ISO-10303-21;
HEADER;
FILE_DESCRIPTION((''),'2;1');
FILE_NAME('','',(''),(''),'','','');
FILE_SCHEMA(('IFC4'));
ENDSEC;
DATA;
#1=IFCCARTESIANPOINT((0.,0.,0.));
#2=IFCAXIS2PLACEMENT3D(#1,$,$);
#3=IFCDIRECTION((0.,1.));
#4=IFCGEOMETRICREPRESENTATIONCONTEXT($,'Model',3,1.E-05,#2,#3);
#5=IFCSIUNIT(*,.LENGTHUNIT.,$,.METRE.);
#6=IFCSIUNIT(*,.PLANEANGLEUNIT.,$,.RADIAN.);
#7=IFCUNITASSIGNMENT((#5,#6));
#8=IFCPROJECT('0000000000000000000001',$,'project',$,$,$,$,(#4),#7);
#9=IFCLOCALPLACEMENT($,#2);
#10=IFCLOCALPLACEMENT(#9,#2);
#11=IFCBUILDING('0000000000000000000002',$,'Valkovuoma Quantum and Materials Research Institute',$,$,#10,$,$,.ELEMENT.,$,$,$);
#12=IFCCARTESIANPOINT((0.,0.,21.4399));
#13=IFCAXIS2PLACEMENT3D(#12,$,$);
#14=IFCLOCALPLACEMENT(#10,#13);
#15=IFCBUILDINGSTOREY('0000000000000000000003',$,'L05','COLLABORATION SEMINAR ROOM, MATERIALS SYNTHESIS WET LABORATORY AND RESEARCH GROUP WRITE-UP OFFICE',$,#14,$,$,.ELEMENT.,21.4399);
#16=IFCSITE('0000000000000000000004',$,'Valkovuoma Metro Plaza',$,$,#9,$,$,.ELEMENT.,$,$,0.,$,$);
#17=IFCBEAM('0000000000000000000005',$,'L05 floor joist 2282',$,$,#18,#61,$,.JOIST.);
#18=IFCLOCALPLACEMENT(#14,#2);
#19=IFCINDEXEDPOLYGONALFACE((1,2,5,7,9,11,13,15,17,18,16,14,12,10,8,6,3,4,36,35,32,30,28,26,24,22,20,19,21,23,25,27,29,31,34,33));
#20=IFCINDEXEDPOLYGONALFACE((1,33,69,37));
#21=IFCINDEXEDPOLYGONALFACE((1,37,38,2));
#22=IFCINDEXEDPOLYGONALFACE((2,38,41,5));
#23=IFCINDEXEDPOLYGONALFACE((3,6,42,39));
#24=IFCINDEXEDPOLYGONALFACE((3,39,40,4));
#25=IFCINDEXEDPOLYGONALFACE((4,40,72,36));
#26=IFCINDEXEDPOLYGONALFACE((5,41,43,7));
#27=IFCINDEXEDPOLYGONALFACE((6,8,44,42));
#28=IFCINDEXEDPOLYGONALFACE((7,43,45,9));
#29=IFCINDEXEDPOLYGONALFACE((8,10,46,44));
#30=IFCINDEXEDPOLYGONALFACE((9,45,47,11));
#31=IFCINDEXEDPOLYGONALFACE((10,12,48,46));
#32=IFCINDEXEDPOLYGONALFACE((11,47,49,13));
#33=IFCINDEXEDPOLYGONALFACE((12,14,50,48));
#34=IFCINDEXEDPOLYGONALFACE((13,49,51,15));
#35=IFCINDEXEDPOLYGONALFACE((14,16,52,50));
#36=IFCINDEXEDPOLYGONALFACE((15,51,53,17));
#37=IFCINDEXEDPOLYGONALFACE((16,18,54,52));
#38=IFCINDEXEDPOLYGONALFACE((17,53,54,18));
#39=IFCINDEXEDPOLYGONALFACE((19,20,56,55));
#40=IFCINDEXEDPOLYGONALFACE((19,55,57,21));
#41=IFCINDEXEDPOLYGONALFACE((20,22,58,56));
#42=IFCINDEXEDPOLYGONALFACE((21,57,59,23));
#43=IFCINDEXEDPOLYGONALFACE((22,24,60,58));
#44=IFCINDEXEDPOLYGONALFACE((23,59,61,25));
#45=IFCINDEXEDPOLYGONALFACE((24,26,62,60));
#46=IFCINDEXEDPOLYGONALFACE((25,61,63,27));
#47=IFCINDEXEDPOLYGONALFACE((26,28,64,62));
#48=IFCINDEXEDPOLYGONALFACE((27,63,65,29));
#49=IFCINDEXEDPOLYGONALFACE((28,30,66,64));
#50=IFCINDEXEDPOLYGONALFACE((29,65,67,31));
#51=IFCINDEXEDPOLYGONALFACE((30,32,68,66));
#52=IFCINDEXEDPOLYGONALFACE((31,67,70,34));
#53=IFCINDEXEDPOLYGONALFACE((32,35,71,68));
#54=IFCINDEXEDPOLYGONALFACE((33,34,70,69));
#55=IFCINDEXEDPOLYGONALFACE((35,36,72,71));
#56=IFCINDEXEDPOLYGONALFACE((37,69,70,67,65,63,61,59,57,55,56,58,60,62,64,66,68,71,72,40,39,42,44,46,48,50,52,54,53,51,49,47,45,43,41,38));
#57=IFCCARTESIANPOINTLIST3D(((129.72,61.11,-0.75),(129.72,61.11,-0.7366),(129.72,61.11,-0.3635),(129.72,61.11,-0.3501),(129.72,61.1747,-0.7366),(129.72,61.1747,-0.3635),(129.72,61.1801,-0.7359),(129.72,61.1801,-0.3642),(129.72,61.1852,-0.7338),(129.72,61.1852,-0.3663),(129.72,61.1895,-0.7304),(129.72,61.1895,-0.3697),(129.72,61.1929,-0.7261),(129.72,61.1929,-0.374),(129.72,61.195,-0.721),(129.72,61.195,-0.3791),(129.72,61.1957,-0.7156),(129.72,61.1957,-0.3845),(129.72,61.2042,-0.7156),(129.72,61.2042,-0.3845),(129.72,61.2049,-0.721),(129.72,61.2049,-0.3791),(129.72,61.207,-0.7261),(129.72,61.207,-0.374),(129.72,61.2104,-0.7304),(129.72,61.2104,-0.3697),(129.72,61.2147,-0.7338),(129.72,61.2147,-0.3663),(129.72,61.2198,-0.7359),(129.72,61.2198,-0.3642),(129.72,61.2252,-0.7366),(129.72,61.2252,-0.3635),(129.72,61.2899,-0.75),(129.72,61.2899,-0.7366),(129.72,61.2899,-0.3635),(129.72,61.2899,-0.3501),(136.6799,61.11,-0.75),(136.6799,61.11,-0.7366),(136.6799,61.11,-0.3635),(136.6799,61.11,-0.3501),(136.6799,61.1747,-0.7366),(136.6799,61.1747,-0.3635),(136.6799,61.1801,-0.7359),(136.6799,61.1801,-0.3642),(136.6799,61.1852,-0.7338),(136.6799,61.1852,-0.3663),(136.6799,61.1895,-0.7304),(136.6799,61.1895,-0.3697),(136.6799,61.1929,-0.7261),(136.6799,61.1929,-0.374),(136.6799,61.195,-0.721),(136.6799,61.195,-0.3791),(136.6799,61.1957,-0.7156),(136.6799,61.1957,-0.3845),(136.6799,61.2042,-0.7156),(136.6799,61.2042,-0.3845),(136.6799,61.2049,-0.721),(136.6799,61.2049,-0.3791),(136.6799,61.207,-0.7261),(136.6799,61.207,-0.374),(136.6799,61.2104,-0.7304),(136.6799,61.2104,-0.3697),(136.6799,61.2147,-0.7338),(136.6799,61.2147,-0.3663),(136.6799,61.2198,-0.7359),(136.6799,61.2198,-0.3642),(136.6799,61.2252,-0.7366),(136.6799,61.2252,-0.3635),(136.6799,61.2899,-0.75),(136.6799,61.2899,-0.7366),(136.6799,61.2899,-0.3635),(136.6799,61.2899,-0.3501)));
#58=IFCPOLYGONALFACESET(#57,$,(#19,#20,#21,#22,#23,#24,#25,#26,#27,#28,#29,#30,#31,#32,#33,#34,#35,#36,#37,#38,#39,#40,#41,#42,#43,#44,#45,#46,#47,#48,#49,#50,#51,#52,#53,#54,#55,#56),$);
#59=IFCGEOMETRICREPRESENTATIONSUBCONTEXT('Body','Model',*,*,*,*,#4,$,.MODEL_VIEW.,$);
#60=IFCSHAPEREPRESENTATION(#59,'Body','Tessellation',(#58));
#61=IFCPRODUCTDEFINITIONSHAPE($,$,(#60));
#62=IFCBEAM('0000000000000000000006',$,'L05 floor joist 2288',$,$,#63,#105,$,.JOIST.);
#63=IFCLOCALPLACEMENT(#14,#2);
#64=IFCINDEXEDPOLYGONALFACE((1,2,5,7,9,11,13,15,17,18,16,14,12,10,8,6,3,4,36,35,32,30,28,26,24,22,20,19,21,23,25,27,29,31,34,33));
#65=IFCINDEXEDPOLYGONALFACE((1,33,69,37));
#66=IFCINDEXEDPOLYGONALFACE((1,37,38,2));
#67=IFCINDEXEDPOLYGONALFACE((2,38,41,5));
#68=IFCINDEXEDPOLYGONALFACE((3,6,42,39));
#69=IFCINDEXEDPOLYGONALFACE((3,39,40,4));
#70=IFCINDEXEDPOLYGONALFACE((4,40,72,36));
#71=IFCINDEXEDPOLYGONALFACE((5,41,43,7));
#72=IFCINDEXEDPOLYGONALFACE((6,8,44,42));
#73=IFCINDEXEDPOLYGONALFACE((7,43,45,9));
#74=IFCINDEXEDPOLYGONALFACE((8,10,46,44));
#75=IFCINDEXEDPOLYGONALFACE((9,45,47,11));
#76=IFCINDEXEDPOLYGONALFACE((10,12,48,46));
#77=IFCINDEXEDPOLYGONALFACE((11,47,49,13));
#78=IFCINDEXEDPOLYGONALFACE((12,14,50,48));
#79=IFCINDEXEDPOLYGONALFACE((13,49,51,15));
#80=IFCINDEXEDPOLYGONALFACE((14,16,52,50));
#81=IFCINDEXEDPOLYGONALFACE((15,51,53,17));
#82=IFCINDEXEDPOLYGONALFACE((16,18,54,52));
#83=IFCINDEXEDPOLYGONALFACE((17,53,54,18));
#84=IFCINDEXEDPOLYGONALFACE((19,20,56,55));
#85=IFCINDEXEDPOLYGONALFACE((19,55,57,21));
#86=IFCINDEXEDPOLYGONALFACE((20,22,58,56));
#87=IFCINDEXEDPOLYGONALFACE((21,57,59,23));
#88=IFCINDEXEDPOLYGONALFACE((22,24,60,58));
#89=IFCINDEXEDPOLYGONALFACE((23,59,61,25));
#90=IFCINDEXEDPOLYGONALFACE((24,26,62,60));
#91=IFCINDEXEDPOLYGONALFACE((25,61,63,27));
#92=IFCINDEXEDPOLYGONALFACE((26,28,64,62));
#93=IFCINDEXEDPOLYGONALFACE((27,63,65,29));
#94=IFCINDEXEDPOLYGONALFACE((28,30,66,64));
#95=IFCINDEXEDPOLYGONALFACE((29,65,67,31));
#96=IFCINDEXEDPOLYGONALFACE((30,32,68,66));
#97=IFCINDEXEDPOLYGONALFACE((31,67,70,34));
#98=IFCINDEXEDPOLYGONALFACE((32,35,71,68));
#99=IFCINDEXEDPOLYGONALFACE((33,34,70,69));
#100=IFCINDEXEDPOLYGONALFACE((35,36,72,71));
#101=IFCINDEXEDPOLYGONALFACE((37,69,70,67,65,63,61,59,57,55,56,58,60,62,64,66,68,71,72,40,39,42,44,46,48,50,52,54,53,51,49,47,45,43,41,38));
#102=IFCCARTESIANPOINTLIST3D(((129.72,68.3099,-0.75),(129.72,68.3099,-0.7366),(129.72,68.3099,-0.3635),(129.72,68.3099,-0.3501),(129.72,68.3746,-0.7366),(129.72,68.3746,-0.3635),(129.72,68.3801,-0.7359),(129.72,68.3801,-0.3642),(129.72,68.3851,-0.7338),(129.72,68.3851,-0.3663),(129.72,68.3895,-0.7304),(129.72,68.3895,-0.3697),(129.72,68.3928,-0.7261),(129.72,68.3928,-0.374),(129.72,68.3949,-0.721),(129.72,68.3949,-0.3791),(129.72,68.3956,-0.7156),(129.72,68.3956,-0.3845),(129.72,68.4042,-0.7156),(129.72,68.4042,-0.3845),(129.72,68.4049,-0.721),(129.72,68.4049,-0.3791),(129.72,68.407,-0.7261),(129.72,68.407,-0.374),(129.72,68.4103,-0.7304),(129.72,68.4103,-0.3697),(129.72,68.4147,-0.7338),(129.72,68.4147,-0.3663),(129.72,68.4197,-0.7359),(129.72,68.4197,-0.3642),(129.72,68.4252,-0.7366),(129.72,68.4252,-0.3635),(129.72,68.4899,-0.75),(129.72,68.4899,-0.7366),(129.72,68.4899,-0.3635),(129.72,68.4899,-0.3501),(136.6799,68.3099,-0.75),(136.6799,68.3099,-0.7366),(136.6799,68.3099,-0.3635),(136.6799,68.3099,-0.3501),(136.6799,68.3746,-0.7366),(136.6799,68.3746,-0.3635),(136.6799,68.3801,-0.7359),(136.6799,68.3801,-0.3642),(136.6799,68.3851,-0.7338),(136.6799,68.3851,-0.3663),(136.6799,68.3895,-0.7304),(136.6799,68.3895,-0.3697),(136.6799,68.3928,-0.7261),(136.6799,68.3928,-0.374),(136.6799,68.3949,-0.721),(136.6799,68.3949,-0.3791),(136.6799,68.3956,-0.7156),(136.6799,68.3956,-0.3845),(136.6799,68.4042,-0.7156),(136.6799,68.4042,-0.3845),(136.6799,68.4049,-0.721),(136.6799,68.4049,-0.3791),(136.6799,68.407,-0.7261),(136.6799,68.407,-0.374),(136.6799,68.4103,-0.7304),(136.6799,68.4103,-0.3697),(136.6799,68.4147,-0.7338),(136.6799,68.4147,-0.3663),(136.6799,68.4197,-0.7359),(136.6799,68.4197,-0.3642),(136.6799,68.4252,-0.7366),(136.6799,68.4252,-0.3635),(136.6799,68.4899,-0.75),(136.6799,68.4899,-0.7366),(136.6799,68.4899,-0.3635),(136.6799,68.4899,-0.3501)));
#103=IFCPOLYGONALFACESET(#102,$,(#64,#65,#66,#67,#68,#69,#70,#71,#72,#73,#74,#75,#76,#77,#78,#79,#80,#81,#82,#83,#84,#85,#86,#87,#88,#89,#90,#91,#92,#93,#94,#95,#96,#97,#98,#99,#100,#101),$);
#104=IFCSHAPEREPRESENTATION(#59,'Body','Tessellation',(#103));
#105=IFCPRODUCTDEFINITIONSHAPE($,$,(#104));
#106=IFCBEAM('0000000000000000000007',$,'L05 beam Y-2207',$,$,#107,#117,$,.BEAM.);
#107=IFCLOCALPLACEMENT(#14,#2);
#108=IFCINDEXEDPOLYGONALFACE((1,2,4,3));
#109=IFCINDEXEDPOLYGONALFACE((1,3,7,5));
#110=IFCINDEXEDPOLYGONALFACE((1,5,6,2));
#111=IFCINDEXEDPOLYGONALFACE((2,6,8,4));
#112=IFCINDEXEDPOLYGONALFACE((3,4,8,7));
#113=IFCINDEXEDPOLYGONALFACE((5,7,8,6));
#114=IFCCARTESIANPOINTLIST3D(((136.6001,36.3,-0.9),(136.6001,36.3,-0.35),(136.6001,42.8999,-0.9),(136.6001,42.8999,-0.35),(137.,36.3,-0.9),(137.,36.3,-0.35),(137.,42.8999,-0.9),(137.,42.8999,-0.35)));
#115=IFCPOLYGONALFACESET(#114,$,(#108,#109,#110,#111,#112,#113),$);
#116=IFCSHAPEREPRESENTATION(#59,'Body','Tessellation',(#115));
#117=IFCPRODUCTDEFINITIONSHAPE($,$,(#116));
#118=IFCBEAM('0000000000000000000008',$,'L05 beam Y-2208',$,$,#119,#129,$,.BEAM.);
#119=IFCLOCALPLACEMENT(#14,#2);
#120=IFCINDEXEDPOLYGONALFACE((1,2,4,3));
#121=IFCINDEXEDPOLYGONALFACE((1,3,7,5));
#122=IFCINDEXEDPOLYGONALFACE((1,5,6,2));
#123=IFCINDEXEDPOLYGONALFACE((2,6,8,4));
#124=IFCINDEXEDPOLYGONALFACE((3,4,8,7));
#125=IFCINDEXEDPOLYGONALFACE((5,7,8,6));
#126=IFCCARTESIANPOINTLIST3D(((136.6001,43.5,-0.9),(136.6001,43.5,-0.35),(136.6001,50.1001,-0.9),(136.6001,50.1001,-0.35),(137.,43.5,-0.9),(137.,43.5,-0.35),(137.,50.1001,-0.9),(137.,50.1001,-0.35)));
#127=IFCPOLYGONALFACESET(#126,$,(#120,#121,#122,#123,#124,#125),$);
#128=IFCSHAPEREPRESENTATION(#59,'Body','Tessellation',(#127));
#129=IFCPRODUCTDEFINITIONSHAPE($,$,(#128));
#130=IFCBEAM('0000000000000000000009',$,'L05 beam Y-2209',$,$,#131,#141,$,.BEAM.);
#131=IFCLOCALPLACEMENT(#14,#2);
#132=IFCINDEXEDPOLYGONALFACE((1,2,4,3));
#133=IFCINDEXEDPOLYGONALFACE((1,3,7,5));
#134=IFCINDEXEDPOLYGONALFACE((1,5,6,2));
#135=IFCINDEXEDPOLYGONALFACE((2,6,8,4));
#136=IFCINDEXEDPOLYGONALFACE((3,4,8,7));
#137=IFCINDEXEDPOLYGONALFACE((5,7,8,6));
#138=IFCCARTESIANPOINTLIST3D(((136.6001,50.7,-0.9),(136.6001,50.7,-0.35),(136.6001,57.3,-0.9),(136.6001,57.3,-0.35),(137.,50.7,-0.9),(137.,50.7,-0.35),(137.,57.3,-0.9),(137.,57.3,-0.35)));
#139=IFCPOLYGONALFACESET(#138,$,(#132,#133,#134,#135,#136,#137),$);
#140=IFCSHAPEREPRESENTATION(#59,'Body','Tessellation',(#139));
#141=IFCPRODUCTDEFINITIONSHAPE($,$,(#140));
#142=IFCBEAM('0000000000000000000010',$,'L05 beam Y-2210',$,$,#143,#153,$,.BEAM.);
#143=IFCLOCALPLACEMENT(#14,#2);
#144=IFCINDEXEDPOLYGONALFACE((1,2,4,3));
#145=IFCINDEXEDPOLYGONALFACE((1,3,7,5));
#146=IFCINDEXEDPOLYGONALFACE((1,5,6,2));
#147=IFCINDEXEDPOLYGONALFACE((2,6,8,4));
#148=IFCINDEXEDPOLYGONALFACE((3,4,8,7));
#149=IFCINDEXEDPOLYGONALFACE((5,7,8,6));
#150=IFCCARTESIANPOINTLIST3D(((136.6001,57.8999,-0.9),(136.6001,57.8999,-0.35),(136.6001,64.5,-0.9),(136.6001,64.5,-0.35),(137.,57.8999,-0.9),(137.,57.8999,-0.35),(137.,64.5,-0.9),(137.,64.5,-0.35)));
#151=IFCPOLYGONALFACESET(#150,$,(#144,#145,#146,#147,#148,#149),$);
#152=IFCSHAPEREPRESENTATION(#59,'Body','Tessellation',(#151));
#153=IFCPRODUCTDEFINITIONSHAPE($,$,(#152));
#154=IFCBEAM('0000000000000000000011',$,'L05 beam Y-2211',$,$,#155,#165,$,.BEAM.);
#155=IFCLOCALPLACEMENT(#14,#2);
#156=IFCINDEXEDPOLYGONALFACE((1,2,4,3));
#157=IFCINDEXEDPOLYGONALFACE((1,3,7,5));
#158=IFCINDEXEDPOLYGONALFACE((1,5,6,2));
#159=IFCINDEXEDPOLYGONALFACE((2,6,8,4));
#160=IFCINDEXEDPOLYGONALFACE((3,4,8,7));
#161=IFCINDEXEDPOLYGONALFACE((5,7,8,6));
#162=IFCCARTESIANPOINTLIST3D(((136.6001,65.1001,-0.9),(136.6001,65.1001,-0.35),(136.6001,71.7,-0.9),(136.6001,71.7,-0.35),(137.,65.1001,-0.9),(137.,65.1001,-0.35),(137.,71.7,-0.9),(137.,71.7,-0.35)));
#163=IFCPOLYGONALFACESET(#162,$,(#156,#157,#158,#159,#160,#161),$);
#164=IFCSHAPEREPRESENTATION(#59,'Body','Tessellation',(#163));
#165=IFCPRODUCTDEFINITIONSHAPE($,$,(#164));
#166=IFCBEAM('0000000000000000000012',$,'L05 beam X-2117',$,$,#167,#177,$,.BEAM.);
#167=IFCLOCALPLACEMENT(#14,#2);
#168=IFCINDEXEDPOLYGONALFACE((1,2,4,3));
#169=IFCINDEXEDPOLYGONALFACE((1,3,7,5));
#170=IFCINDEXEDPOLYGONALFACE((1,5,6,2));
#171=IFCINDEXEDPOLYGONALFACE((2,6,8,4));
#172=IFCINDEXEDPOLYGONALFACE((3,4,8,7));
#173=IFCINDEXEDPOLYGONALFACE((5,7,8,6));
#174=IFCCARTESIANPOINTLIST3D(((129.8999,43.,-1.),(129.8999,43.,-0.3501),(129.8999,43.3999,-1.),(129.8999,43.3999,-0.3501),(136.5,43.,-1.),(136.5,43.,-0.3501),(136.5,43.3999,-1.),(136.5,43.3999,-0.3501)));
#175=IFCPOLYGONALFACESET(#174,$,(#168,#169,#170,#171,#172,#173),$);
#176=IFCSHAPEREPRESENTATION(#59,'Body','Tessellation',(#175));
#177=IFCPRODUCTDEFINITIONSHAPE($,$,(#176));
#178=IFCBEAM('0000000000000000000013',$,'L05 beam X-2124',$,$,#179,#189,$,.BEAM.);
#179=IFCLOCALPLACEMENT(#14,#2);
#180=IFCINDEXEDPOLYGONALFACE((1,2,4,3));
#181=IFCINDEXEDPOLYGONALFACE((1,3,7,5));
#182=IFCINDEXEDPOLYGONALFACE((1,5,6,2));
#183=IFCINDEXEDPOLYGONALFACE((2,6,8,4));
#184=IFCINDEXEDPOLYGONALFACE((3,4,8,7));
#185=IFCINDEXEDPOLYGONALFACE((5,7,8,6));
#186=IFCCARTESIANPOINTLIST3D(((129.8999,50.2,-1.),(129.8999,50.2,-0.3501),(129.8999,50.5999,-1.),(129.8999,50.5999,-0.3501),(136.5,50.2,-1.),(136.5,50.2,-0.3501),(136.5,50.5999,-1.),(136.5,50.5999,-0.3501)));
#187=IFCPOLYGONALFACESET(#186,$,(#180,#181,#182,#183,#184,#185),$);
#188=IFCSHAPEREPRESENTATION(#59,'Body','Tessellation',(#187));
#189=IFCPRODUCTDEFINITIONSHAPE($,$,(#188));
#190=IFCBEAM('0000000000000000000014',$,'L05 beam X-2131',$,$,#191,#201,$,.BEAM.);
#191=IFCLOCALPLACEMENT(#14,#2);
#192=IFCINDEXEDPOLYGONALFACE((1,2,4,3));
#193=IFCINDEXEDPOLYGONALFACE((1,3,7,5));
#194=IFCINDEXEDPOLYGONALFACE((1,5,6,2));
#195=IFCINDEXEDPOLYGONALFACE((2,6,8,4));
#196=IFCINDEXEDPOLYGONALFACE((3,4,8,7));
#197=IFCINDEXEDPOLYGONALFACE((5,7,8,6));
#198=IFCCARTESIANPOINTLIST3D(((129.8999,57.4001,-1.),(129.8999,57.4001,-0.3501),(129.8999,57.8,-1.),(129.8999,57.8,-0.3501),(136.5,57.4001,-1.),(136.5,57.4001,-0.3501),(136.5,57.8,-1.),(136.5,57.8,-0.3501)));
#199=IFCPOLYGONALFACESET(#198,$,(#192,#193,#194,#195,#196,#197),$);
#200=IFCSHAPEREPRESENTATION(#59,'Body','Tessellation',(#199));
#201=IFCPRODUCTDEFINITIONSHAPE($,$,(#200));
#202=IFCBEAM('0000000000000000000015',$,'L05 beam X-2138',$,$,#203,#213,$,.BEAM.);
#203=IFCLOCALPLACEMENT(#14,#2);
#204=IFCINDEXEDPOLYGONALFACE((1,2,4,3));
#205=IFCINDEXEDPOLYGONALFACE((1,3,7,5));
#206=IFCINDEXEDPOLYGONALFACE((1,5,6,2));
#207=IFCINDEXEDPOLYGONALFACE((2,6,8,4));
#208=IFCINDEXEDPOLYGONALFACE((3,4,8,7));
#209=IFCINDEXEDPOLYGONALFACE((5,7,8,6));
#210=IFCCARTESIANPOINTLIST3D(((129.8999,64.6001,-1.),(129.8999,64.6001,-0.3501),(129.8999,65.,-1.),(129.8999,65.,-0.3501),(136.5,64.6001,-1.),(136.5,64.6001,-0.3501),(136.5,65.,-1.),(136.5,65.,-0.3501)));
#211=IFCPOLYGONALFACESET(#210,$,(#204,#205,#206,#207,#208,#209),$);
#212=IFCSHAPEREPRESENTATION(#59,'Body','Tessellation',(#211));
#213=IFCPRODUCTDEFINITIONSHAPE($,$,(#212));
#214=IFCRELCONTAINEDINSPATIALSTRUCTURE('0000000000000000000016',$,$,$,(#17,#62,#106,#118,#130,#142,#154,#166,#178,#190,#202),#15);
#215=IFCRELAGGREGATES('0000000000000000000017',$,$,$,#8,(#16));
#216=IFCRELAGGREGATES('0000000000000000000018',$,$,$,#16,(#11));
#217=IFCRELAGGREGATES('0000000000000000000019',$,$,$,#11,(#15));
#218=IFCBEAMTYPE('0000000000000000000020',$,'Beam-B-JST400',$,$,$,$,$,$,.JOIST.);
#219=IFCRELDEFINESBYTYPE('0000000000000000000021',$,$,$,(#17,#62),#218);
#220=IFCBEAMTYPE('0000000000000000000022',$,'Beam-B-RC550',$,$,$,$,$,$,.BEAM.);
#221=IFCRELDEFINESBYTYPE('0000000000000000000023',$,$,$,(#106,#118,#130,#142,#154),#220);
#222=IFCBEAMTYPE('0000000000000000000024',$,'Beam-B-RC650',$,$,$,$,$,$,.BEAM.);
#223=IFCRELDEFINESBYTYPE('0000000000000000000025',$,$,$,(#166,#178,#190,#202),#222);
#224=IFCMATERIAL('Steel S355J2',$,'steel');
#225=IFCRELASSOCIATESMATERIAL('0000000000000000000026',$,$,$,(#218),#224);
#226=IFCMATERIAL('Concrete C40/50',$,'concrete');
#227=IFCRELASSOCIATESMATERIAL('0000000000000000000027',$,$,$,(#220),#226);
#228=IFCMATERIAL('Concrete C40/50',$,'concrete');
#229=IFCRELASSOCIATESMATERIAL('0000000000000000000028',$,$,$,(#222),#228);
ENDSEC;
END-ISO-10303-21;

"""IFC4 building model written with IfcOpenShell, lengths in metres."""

from ifc_helpers import new_model, si_unit, direction, frame, origin, origin_2d, place, context, subcontext, project, spatial, rectangle, i_section, extrude, material, material_profile, profile_set, type_object, element, save


model = new_model("IFC4")

# Units and contexts
model_context = context("Model", 3, precision=1e-05, world=origin(), true_north=direction((0.0, 1.0)))
body_context = subcontext(model_context, "Body", "Model", "MODEL_VIEW")
ifc_project = project(units=[si_unit("LENGTHUNIT", "METRE"), si_unit("PLANEANGLEUNIT", "RADIAN")], contexts=[model_context])

# Site, building, storey
site_placement = place(None, origin())
site = spatial("IfcSite", under=ifc_project, at=site_placement, Name="Valkovuoma Metro Plaza", CompositionType="ELEMENT", RefElevation=0.0)
building_placement = place(site_placement, origin())
building = spatial("IfcBuilding", under=site, at=building_placement, Name="Valkovuoma Quantum and Materials Research Institute", CompositionType="ELEMENT")
storey_placement = place(building_placement, frame((0.0, 0.0, 21.4399)))
storey = spatial("IfcBuildingStorey", under=building, at=storey_placement, Name="L05", Description="COLLABORATION SEMINAR ROOM, MATERIALS SYNTHESIS WET LABORATORY AND RESEARCH GROUP WRITE-UP OFFICE", CompositionType="ELEMENT", Elevation=21.4399)

# Beams
ifc_material_1 = material(Name="Steel S355J2", Category="steel")
ifc_material_profile_1 = material_profile(ifc_material_1, i_section(OverallWidth=0.1799, OverallDepth=0.3999, WebThickness=0.0085, FlangeThickness=0.0134, FilletRadius=0.021, at=origin_2d()), Name="Steel S355J2")
ifc_profile_set_1 = profile_set([ifc_material_profile_1], Name="Steel S355J2")
beam_type_1 = type_object("IfcBeamType", Name="Beam-B-JST400", PredefinedType="JOIST", material=ifc_profile_set_1)
for number, where, z_axis, x_axis, name in (
    (1, (129.72, 61.2, -0.55), (1.0, 0.0, 0.0), (0.0, 1.0, 0.0), "L05 floor joist 2282"),
    (2, (129.72, 68.3999, -0.55), (1.0, 0.0, 0.0), (0.0, 1.0, 0.0), "L05 floor joist 2288"),
):
    element("IfcBeam", number, at=place(storey_placement, frame(where, z_axis=z_axis, x_axis=x_axis)), inside=storey, type_object=beam_type_1, Name=name, PredefinedType="JOIST", context=body_context, shape_type="SweptSolid", body=[
        extrude(i_section(OverallWidth=0.1799, OverallDepth=0.3999, WebThickness=0.0085, FlangeThickness=0.0134, FilletRadius=0.021, at=origin_2d()), origin(), (0.0, 0.0, 1.0), 6.96),
    ])
ifc_material_2 = material(Name="Concrete C40/50", Category="concrete")
ifc_material_profile_2 = material_profile(ifc_material_2, rectangle(XDim=0.3999, YDim=0.55, at=origin_2d()), Name="Concrete C40/50")
ifc_profile_set_2 = profile_set([ifc_material_profile_2], Name="Concrete C40/50")
beam_type_2 = type_object("IfcBeamType", Name="Beam-B-RC550", PredefinedType="BEAM", material=ifc_profile_set_2)
beam_1_placement = place(storey_placement, frame((136.8, 36.3, -0.625), z_axis=(0.0, 1.0, 0.0), x_axis=(-1.0, 0.0, 0.0)))
element("IfcBeam", 3, at=beam_1_placement, inside=storey, type_object=beam_type_2, Name="L05 beam Y-2207", PredefinedType="BEAM", context=body_context, shape_type="SweptSolid", body=[
    extrude(rectangle(XDim=0.3999, YDim=0.55, at=origin_2d()), origin(), (0.0, 0.0, 1.0), 6.5999),
])
for number, where, z_axis, x_axis, name in (
    (4, (136.8, 43.5, -0.625), (0.0, 1.0, 0.0), (-1.0, 0.0, 0.0), "L05 beam Y-2208"),
    (5, (136.8, 50.7, -0.625), (0.0, 1.0, 0.0), (-1.0, 0.0, 0.0), "L05 beam Y-2209"),
    (6, (136.8, 57.8999, -0.625), (0.0, 1.0, 0.0), (-1.0, 0.0, 0.0), "L05 beam Y-2210"),
):
    element("IfcBeam", number, at=place(storey_placement, frame(where, z_axis=z_axis, x_axis=x_axis)), inside=storey, type_object=beam_type_2, Name=name, PredefinedType="BEAM", context=body_context, shape_type="SweptSolid", body=[
        extrude(rectangle(XDim=0.3999, YDim=0.55, at=origin_2d()), origin(), (0.0, 0.0, 1.0), 6.6001),
    ])
beam_2_placement = place(storey_placement, frame((136.8, 65.1001, -0.625), z_axis=(0.0, 1.0, 0.0), x_axis=(-1.0, 0.0, 0.0)))
element("IfcBeam", 7, at=beam_2_placement, inside=storey, type_object=beam_type_2, Name="L05 beam Y-2211", PredefinedType="BEAM", context=body_context, shape_type="SweptSolid", body=[
    extrude(rectangle(XDim=0.3999, YDim=0.55, at=origin_2d()), origin(), (0.0, 0.0, 1.0), 6.5999),
])
ifc_material_3 = material(Name="Concrete C40/50", Category="concrete")
ifc_material_profile_3 = material_profile(ifc_material_3, rectangle(XDim=0.3999, YDim=0.6499, at=origin_2d()), Name="Concrete C40/50")
ifc_profile_set_3 = profile_set([ifc_material_profile_3], Name="Concrete C40/50")
beam_type_3 = type_object("IfcBeamType", Name="Beam-B-RC650", PredefinedType="BEAM", material=ifc_profile_set_3)
for number, where, z_axis, x_axis, name in (
    (8, (129.8999, 43.2, -0.675), (1.0, 0.0, 0.0), (0.0, 1.0, 0.0), "L05 beam X-2117"),
    (9, (129.8999, 50.3999, -0.675), (1.0, 0.0, 0.0), (0.0, 1.0, 0.0), "L05 beam X-2124"),
    (10, (129.8999, 57.6001, -0.675), (1.0, 0.0, 0.0), (0.0, 1.0, 0.0), "L05 beam X-2131"),
    (11, (129.8999, 64.8, -0.675), (1.0, 0.0, 0.0), (0.0, 1.0, 0.0), "L05 beam X-2138"),
):
    element("IfcBeam", number, at=place(storey_placement, frame(where, z_axis=z_axis, x_axis=x_axis)), inside=storey, type_object=beam_type_3, Name=name, PredefinedType="BEAM", context=body_context, shape_type="SweptSolid", body=[
        extrude(rectangle(XDim=0.3999, YDim=0.6499, at=origin_2d()), origin(), (0.0, 0.0, 1.0), 6.6001),
    ])

save(model, "model.ifc")
